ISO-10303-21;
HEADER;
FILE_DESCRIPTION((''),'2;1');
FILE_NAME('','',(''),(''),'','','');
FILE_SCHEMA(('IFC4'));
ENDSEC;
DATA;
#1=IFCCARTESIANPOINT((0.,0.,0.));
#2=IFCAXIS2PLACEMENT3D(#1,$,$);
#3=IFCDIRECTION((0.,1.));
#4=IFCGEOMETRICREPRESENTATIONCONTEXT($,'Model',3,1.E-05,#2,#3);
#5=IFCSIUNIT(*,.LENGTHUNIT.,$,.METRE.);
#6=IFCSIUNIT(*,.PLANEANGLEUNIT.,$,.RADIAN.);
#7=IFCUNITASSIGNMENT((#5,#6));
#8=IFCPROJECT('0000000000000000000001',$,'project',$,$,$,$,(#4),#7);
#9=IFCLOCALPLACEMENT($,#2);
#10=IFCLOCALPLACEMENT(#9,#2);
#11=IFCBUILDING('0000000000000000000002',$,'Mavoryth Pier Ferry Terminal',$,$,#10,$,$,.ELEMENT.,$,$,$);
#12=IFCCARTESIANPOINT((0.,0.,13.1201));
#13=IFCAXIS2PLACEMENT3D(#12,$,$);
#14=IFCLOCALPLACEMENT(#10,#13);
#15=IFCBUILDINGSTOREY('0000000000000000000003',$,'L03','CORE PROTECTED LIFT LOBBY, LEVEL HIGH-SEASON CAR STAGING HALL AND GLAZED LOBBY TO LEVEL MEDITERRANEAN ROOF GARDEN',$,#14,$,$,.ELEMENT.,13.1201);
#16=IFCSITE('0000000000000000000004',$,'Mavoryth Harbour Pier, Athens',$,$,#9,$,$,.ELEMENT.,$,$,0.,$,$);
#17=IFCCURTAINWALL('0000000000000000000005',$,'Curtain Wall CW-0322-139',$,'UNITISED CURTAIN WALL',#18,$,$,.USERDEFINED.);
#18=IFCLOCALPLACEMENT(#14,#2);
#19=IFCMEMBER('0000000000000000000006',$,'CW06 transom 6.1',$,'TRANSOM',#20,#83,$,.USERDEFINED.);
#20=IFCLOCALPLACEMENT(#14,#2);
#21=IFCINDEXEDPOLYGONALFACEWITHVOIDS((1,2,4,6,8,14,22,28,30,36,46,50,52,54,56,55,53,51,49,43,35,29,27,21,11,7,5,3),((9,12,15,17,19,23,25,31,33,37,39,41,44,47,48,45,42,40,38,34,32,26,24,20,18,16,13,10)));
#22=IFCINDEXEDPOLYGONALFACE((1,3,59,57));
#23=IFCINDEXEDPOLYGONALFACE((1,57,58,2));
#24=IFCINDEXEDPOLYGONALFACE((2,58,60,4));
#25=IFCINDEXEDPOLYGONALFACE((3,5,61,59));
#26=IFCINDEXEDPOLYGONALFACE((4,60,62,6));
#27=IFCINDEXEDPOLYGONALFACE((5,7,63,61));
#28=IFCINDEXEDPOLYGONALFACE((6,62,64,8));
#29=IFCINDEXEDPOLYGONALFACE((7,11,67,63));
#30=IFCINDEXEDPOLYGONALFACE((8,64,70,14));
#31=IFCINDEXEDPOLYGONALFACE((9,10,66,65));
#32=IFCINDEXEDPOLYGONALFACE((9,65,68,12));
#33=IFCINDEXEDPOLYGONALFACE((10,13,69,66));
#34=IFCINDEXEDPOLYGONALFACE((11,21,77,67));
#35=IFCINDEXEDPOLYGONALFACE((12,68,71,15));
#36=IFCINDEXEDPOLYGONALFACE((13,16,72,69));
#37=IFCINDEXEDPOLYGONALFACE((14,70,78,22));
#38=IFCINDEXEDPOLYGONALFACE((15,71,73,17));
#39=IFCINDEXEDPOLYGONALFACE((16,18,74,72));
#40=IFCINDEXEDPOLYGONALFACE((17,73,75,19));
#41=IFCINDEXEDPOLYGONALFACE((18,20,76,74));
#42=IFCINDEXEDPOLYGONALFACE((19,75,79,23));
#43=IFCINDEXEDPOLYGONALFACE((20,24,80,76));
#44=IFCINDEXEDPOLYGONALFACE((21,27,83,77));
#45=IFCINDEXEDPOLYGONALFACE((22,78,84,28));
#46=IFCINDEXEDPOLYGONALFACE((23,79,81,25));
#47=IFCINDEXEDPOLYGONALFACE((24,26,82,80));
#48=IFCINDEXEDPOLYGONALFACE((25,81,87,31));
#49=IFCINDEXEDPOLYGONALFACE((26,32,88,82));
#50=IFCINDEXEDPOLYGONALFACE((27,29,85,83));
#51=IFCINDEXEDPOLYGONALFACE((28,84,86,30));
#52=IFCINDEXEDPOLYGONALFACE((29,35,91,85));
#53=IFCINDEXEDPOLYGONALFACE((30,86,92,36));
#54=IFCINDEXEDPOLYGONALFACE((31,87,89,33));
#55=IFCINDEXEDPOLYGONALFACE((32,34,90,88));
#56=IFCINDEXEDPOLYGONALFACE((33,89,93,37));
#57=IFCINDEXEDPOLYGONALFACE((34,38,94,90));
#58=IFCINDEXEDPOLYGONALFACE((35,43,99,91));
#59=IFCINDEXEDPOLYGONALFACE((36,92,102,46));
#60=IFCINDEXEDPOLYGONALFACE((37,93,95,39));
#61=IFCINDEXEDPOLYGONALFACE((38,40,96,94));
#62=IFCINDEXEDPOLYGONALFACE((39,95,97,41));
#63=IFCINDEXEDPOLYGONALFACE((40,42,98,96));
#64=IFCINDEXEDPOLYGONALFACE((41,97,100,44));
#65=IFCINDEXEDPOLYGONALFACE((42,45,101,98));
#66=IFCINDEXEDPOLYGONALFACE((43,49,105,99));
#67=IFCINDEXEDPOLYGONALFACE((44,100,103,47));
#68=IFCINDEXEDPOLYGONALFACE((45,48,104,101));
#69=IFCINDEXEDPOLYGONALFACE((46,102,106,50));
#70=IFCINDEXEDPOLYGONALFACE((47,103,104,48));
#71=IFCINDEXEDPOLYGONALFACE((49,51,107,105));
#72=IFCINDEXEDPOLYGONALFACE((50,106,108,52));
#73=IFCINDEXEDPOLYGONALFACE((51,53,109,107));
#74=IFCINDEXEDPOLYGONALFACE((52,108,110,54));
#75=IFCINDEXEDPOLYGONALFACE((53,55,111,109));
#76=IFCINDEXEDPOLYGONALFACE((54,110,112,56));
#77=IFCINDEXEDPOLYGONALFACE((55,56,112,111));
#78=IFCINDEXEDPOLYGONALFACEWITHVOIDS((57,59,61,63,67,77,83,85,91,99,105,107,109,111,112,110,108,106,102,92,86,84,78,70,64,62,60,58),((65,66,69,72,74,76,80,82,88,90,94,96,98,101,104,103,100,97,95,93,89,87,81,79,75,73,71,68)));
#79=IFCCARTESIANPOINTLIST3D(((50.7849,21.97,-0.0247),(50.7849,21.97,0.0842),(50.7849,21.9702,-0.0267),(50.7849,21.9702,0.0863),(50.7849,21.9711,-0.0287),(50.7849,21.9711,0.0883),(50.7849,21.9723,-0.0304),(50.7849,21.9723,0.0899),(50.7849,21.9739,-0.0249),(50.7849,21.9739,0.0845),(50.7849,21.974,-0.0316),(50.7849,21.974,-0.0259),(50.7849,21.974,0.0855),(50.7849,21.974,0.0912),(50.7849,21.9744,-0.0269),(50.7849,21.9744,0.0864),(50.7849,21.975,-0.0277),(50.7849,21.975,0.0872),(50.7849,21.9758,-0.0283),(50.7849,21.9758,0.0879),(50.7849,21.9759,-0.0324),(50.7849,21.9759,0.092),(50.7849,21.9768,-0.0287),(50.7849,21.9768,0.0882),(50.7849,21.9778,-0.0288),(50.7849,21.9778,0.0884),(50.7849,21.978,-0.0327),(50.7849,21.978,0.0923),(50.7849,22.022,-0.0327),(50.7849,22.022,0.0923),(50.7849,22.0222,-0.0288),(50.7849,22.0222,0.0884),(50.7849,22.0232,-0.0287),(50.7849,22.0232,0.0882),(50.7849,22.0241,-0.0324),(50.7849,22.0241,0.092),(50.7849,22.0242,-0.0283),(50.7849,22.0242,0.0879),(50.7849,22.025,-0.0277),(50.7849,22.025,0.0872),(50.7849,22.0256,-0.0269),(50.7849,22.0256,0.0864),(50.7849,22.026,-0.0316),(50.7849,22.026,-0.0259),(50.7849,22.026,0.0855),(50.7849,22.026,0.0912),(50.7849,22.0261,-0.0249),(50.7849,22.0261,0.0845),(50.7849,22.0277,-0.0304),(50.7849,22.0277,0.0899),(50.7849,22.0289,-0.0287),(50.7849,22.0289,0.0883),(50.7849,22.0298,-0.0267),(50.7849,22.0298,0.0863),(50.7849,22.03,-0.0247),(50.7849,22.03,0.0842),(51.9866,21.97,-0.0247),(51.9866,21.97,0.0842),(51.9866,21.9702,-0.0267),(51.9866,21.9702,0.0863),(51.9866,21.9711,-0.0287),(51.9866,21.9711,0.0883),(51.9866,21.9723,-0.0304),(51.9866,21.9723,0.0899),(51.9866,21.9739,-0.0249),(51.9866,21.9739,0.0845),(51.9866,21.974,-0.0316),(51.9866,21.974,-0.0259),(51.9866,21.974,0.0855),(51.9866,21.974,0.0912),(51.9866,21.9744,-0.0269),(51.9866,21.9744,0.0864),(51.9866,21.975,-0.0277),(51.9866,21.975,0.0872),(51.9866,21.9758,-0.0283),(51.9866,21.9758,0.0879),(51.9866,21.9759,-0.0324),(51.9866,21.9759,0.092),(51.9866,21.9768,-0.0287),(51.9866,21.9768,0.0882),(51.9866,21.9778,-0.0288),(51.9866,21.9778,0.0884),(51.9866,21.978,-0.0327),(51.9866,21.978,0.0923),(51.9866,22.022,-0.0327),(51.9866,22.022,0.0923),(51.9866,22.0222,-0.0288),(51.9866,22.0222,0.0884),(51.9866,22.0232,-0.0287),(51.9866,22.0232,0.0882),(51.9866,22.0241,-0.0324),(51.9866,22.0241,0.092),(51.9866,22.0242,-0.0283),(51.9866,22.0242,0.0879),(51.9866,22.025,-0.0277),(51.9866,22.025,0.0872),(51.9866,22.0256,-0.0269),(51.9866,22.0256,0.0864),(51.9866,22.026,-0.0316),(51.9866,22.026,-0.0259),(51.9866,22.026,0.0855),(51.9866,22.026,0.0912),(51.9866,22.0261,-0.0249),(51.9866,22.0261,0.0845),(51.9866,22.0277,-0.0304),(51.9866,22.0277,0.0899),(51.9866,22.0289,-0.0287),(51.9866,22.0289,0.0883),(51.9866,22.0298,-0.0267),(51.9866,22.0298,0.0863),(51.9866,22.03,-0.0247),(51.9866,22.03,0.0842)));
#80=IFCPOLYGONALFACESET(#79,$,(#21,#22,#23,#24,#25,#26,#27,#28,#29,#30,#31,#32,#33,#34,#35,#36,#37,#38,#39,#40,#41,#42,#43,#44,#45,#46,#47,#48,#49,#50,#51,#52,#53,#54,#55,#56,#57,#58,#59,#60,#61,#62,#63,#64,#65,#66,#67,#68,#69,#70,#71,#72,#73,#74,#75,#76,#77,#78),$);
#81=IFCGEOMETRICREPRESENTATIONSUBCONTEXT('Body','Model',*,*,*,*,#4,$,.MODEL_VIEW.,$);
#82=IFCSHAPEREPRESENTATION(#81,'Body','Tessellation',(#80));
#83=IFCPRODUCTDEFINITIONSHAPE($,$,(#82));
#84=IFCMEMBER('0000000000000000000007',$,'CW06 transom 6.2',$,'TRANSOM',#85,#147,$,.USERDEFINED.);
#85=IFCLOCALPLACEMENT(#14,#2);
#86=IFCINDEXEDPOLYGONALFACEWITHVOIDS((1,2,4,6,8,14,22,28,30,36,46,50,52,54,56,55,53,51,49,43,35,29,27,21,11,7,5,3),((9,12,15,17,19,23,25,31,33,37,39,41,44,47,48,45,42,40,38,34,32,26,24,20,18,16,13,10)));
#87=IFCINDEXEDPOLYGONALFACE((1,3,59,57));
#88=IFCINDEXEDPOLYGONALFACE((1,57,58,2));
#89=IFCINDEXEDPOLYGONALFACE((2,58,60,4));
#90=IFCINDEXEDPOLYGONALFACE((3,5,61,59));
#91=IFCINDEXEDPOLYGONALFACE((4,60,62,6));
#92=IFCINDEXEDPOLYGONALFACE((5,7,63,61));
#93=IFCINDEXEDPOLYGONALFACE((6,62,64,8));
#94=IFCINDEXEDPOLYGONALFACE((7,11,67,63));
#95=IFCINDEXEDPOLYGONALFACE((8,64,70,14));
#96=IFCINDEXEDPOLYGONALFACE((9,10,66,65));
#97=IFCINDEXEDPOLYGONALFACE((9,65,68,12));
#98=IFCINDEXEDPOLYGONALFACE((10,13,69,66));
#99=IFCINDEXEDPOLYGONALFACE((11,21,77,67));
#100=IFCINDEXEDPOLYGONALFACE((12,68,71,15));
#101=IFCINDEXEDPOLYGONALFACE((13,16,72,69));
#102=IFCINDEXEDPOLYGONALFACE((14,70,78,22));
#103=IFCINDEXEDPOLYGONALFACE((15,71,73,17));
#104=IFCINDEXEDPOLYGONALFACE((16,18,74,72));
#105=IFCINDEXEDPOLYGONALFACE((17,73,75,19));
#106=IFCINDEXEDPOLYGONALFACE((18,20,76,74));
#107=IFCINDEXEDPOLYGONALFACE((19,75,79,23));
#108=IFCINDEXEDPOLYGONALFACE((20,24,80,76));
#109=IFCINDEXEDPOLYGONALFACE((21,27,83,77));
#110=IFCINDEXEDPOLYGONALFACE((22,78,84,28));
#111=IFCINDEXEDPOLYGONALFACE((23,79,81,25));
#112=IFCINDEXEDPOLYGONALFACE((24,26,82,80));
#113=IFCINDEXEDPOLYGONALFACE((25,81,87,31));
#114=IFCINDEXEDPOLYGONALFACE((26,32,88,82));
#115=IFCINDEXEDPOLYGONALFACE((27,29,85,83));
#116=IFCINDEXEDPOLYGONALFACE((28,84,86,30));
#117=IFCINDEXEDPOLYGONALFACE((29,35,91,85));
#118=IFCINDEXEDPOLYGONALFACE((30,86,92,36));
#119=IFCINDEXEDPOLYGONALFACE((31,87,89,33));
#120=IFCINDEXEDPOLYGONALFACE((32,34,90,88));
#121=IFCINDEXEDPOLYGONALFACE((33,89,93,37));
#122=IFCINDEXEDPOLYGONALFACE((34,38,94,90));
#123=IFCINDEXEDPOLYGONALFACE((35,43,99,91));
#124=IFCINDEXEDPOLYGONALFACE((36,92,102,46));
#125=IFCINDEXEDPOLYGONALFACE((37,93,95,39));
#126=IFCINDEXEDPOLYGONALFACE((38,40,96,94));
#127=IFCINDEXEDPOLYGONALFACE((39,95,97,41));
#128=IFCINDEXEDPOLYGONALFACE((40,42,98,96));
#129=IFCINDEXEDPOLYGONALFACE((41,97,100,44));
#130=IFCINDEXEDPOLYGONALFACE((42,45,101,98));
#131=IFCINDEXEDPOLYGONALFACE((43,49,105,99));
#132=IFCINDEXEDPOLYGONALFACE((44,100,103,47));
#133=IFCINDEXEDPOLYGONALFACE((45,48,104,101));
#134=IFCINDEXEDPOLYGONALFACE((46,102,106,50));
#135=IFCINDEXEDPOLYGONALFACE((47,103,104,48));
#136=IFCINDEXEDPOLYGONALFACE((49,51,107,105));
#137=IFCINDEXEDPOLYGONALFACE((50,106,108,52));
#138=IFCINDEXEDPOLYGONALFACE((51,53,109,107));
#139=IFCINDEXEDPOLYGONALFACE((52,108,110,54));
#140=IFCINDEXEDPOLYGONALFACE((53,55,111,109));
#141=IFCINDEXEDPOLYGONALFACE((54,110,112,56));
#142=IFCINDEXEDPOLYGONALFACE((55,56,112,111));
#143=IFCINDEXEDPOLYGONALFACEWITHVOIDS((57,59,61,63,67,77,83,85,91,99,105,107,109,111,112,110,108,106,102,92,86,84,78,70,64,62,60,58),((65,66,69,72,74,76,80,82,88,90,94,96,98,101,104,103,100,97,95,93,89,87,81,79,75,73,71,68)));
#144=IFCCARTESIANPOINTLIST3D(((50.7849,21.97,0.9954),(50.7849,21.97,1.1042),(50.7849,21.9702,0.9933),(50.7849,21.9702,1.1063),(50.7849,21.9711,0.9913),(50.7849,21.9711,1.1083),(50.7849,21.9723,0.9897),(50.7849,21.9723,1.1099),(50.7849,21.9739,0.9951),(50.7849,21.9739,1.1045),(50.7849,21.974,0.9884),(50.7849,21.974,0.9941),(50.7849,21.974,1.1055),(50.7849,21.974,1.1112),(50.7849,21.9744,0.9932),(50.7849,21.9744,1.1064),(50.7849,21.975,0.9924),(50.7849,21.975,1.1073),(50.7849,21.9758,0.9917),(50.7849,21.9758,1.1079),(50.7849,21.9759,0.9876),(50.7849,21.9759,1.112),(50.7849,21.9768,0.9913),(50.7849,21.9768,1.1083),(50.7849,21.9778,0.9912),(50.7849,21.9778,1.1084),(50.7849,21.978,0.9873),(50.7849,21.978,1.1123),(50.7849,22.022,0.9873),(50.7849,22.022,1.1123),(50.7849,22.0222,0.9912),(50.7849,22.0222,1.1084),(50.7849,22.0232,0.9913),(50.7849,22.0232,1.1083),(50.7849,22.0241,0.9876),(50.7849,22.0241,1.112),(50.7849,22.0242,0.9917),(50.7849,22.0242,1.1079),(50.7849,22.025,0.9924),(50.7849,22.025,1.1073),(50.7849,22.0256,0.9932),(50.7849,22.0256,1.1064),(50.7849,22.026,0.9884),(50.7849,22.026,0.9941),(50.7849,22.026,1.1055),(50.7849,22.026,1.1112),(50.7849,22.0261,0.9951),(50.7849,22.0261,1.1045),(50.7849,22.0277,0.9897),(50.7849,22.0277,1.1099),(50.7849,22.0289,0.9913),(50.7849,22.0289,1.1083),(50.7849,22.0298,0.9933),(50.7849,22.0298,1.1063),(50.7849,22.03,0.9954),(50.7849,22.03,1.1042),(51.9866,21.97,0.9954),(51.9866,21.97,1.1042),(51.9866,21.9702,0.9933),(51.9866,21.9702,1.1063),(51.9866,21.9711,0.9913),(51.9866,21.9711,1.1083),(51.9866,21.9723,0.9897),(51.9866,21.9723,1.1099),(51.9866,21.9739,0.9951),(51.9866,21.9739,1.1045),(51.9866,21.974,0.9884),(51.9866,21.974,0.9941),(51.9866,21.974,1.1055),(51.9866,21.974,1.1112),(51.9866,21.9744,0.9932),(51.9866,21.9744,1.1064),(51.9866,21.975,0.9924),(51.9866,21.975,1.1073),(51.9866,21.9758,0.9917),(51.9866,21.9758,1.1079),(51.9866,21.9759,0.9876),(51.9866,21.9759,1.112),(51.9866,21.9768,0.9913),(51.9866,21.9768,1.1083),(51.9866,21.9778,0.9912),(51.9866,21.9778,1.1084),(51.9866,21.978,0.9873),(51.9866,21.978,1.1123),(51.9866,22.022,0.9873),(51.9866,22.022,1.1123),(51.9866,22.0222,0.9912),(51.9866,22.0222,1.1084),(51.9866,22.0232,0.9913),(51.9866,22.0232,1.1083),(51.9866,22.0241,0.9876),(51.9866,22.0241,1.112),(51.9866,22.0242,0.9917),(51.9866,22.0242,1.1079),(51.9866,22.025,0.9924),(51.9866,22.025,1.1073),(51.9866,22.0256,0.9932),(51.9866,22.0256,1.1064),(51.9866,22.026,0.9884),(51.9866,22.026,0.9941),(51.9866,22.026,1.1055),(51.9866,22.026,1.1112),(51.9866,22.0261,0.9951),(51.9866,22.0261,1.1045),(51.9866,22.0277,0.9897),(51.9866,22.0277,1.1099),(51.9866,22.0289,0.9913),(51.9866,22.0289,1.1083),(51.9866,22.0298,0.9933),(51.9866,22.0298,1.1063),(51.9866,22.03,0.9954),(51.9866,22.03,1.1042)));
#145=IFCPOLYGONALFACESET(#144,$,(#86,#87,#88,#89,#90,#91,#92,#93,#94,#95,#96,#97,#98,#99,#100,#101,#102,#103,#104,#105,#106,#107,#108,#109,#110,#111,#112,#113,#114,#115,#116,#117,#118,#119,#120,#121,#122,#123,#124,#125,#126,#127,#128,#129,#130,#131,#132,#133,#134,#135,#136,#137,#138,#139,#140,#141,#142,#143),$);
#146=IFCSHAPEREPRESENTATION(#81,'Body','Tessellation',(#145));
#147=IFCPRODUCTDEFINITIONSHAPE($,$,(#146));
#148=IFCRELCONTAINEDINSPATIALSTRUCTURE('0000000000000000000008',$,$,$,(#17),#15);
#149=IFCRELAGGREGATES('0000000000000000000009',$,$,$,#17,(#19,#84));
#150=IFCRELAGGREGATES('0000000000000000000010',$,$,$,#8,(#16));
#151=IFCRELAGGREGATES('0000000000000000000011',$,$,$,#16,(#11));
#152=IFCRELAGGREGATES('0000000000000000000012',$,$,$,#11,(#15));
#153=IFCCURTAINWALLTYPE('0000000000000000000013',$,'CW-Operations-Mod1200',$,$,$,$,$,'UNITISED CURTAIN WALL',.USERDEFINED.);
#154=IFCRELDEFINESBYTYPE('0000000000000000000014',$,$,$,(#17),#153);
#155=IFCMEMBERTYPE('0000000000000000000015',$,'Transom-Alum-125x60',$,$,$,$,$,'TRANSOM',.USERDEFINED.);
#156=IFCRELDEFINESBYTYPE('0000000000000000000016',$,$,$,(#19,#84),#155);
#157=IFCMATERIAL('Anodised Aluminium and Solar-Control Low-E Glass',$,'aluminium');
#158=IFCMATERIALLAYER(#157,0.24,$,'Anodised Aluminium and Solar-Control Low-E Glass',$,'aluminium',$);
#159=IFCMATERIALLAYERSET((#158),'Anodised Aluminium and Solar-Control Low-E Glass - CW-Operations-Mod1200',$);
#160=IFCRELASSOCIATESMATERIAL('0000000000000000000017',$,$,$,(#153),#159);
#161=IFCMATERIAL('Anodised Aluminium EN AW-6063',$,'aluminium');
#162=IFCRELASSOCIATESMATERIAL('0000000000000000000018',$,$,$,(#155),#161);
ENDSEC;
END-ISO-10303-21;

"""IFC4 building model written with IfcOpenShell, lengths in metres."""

from ifc_helpers import new_model, si_unit, direction, frame, origin, origin_2d, place, context, subcontext, project, spatial, hollow_rectangle, extrude, material, layer, layer_set, material_profile, profile_set, type_object, element, aggregate, save


model = new_model("IFC4")

# Units and contexts
model_context = context("Model", 3, precision=1e-05, world=origin(), true_north=direction((0.0, 1.0)))
body_context = subcontext(model_context, "Body", "Model", "MODEL_VIEW")
ifc_project = project(units=[si_unit("LENGTHUNIT", "METRE"), si_unit("PLANEANGLEUNIT", "RADIAN")], contexts=[model_context])

# Site, building, storey
site_placement = place(None, origin())
site = spatial("IfcSite", under=ifc_project, at=site_placement, Name="Mavoryth Harbour Pier, Athens", CompositionType="ELEMENT", RefElevation=0.0)
building_placement = place(site_placement, origin())
building = spatial("IfcBuilding", under=site, at=building_placement, Name="Mavoryth Pier Ferry Terminal", CompositionType="ELEMENT")
storey_placement = place(building_placement, frame((0.0, 0.0, 13.1201)))
storey = spatial("IfcBuildingStorey", under=building, at=storey_placement, Name="L03", Description="CORE PROTECTED LIFT LOBBY, LEVEL HIGH-SEASON CAR STAGING HALL AND GLAZED LOBBY TO LEVEL MEDITERRANEAN ROOF GARDEN", CompositionType="ELEMENT", Elevation=13.1201)

# Curtain wall
ifc_material_1 = material(Name="Anodised Aluminium and Solar-Control Low-E Glass", Category="aluminium")
ifc_layer_1 = layer(ifc_material_1, 0.24, Name="Anodised Aluminium and Solar-Control Low-E Glass", Category="aluminium")
ifc_layer_set_1 = layer_set([ifc_layer_1], Name="Anodised Aluminium and Solar-Control Low-E Glass - CW-Operations-Mod1200")
curtain_wall_type = type_object("IfcCurtainWallType", Name="CW-Operations-Mod1200", ElementType="UNITISED CURTAIN WALL", PredefinedType="USERDEFINED", material=ifc_layer_set_1)
curtain_wall_placement = place(storey_placement, origin())
curtain_wall = element("IfcCurtainWall", 1, at=curtain_wall_placement, inside=storey, type_object=curtain_wall_type, Name="Curtain Wall CW-0322-139", ObjectType="UNITISED CURTAIN WALL", PredefinedType="USERDEFINED")
ifc_material_2 = material(Name="Anodised Aluminium EN AW-6063", Category="aluminium")

# Members
ifc_material_profile_1 = material_profile(ifc_material_2, hollow_rectangle(XDim=0.0601, YDim=0.125, WallThickness=0.0039, InnerFilletRadius=0.0039, OuterFilletRadius=0.0081, at=origin_2d()), Name="AL-TRAN 125x60x4", Category="aluminium")
ifc_profile_set_1 = profile_set([ifc_material_profile_1], Name="Anodised Aluminium EN AW-6063 - AL-TRAN 125x60x4")
member_type_1 = type_object("IfcMemberType", Name="Transom-Alum-125x60", ElementType="TRANSOM", PredefinedType="USERDEFINED", material=ifc_profile_set_1)
member_1_placement = place(storey_placement, frame((51.9866, 22.0, 0.0298), z_axis=(-1.0, 0.0, 0.0), x_axis=(0.0, -1.0, 0.0)))
member_1 = element("IfcMember", 2, at=member_1_placement, type_object=member_type_1, Name="CW06 transom 6.1", ObjectType="TRANSOM", PredefinedType="USERDEFINED", context=body_context, shape_type="SweptSolid", body=[
    extrude(hollow_rectangle(XDim=0.0601, YDim=0.125, WallThickness=0.0039, InnerFilletRadius=0.0039, OuterFilletRadius=0.0081, at=origin_2d()), origin(), (0.0, 0.0, 1.0), 1.2017),
])
member_2_placement = place(storey_placement, frame((51.9866, 22.0, 1.0498), z_axis=(-1.0, 0.0, 0.0), x_axis=(0.0, -1.0, 0.0)))
member_2 = element("IfcMember", 3, at=member_2_placement, type_object=member_type_1, Name="CW06 transom 6.2", ObjectType="TRANSOM", PredefinedType="USERDEFINED", context=body_context, shape_type="SweptSolid", body=[
    extrude(hollow_rectangle(XDim=0.0601, YDim=0.125, WallThickness=0.0039, InnerFilletRadius=0.0039, OuterFilletRadius=0.0081, at=origin_2d()), origin(), (0.0, 0.0, 1.0), 1.2017),
])

aggregate(curtain_wall, [member_1, member_2])

save(model, "model.ifc")
